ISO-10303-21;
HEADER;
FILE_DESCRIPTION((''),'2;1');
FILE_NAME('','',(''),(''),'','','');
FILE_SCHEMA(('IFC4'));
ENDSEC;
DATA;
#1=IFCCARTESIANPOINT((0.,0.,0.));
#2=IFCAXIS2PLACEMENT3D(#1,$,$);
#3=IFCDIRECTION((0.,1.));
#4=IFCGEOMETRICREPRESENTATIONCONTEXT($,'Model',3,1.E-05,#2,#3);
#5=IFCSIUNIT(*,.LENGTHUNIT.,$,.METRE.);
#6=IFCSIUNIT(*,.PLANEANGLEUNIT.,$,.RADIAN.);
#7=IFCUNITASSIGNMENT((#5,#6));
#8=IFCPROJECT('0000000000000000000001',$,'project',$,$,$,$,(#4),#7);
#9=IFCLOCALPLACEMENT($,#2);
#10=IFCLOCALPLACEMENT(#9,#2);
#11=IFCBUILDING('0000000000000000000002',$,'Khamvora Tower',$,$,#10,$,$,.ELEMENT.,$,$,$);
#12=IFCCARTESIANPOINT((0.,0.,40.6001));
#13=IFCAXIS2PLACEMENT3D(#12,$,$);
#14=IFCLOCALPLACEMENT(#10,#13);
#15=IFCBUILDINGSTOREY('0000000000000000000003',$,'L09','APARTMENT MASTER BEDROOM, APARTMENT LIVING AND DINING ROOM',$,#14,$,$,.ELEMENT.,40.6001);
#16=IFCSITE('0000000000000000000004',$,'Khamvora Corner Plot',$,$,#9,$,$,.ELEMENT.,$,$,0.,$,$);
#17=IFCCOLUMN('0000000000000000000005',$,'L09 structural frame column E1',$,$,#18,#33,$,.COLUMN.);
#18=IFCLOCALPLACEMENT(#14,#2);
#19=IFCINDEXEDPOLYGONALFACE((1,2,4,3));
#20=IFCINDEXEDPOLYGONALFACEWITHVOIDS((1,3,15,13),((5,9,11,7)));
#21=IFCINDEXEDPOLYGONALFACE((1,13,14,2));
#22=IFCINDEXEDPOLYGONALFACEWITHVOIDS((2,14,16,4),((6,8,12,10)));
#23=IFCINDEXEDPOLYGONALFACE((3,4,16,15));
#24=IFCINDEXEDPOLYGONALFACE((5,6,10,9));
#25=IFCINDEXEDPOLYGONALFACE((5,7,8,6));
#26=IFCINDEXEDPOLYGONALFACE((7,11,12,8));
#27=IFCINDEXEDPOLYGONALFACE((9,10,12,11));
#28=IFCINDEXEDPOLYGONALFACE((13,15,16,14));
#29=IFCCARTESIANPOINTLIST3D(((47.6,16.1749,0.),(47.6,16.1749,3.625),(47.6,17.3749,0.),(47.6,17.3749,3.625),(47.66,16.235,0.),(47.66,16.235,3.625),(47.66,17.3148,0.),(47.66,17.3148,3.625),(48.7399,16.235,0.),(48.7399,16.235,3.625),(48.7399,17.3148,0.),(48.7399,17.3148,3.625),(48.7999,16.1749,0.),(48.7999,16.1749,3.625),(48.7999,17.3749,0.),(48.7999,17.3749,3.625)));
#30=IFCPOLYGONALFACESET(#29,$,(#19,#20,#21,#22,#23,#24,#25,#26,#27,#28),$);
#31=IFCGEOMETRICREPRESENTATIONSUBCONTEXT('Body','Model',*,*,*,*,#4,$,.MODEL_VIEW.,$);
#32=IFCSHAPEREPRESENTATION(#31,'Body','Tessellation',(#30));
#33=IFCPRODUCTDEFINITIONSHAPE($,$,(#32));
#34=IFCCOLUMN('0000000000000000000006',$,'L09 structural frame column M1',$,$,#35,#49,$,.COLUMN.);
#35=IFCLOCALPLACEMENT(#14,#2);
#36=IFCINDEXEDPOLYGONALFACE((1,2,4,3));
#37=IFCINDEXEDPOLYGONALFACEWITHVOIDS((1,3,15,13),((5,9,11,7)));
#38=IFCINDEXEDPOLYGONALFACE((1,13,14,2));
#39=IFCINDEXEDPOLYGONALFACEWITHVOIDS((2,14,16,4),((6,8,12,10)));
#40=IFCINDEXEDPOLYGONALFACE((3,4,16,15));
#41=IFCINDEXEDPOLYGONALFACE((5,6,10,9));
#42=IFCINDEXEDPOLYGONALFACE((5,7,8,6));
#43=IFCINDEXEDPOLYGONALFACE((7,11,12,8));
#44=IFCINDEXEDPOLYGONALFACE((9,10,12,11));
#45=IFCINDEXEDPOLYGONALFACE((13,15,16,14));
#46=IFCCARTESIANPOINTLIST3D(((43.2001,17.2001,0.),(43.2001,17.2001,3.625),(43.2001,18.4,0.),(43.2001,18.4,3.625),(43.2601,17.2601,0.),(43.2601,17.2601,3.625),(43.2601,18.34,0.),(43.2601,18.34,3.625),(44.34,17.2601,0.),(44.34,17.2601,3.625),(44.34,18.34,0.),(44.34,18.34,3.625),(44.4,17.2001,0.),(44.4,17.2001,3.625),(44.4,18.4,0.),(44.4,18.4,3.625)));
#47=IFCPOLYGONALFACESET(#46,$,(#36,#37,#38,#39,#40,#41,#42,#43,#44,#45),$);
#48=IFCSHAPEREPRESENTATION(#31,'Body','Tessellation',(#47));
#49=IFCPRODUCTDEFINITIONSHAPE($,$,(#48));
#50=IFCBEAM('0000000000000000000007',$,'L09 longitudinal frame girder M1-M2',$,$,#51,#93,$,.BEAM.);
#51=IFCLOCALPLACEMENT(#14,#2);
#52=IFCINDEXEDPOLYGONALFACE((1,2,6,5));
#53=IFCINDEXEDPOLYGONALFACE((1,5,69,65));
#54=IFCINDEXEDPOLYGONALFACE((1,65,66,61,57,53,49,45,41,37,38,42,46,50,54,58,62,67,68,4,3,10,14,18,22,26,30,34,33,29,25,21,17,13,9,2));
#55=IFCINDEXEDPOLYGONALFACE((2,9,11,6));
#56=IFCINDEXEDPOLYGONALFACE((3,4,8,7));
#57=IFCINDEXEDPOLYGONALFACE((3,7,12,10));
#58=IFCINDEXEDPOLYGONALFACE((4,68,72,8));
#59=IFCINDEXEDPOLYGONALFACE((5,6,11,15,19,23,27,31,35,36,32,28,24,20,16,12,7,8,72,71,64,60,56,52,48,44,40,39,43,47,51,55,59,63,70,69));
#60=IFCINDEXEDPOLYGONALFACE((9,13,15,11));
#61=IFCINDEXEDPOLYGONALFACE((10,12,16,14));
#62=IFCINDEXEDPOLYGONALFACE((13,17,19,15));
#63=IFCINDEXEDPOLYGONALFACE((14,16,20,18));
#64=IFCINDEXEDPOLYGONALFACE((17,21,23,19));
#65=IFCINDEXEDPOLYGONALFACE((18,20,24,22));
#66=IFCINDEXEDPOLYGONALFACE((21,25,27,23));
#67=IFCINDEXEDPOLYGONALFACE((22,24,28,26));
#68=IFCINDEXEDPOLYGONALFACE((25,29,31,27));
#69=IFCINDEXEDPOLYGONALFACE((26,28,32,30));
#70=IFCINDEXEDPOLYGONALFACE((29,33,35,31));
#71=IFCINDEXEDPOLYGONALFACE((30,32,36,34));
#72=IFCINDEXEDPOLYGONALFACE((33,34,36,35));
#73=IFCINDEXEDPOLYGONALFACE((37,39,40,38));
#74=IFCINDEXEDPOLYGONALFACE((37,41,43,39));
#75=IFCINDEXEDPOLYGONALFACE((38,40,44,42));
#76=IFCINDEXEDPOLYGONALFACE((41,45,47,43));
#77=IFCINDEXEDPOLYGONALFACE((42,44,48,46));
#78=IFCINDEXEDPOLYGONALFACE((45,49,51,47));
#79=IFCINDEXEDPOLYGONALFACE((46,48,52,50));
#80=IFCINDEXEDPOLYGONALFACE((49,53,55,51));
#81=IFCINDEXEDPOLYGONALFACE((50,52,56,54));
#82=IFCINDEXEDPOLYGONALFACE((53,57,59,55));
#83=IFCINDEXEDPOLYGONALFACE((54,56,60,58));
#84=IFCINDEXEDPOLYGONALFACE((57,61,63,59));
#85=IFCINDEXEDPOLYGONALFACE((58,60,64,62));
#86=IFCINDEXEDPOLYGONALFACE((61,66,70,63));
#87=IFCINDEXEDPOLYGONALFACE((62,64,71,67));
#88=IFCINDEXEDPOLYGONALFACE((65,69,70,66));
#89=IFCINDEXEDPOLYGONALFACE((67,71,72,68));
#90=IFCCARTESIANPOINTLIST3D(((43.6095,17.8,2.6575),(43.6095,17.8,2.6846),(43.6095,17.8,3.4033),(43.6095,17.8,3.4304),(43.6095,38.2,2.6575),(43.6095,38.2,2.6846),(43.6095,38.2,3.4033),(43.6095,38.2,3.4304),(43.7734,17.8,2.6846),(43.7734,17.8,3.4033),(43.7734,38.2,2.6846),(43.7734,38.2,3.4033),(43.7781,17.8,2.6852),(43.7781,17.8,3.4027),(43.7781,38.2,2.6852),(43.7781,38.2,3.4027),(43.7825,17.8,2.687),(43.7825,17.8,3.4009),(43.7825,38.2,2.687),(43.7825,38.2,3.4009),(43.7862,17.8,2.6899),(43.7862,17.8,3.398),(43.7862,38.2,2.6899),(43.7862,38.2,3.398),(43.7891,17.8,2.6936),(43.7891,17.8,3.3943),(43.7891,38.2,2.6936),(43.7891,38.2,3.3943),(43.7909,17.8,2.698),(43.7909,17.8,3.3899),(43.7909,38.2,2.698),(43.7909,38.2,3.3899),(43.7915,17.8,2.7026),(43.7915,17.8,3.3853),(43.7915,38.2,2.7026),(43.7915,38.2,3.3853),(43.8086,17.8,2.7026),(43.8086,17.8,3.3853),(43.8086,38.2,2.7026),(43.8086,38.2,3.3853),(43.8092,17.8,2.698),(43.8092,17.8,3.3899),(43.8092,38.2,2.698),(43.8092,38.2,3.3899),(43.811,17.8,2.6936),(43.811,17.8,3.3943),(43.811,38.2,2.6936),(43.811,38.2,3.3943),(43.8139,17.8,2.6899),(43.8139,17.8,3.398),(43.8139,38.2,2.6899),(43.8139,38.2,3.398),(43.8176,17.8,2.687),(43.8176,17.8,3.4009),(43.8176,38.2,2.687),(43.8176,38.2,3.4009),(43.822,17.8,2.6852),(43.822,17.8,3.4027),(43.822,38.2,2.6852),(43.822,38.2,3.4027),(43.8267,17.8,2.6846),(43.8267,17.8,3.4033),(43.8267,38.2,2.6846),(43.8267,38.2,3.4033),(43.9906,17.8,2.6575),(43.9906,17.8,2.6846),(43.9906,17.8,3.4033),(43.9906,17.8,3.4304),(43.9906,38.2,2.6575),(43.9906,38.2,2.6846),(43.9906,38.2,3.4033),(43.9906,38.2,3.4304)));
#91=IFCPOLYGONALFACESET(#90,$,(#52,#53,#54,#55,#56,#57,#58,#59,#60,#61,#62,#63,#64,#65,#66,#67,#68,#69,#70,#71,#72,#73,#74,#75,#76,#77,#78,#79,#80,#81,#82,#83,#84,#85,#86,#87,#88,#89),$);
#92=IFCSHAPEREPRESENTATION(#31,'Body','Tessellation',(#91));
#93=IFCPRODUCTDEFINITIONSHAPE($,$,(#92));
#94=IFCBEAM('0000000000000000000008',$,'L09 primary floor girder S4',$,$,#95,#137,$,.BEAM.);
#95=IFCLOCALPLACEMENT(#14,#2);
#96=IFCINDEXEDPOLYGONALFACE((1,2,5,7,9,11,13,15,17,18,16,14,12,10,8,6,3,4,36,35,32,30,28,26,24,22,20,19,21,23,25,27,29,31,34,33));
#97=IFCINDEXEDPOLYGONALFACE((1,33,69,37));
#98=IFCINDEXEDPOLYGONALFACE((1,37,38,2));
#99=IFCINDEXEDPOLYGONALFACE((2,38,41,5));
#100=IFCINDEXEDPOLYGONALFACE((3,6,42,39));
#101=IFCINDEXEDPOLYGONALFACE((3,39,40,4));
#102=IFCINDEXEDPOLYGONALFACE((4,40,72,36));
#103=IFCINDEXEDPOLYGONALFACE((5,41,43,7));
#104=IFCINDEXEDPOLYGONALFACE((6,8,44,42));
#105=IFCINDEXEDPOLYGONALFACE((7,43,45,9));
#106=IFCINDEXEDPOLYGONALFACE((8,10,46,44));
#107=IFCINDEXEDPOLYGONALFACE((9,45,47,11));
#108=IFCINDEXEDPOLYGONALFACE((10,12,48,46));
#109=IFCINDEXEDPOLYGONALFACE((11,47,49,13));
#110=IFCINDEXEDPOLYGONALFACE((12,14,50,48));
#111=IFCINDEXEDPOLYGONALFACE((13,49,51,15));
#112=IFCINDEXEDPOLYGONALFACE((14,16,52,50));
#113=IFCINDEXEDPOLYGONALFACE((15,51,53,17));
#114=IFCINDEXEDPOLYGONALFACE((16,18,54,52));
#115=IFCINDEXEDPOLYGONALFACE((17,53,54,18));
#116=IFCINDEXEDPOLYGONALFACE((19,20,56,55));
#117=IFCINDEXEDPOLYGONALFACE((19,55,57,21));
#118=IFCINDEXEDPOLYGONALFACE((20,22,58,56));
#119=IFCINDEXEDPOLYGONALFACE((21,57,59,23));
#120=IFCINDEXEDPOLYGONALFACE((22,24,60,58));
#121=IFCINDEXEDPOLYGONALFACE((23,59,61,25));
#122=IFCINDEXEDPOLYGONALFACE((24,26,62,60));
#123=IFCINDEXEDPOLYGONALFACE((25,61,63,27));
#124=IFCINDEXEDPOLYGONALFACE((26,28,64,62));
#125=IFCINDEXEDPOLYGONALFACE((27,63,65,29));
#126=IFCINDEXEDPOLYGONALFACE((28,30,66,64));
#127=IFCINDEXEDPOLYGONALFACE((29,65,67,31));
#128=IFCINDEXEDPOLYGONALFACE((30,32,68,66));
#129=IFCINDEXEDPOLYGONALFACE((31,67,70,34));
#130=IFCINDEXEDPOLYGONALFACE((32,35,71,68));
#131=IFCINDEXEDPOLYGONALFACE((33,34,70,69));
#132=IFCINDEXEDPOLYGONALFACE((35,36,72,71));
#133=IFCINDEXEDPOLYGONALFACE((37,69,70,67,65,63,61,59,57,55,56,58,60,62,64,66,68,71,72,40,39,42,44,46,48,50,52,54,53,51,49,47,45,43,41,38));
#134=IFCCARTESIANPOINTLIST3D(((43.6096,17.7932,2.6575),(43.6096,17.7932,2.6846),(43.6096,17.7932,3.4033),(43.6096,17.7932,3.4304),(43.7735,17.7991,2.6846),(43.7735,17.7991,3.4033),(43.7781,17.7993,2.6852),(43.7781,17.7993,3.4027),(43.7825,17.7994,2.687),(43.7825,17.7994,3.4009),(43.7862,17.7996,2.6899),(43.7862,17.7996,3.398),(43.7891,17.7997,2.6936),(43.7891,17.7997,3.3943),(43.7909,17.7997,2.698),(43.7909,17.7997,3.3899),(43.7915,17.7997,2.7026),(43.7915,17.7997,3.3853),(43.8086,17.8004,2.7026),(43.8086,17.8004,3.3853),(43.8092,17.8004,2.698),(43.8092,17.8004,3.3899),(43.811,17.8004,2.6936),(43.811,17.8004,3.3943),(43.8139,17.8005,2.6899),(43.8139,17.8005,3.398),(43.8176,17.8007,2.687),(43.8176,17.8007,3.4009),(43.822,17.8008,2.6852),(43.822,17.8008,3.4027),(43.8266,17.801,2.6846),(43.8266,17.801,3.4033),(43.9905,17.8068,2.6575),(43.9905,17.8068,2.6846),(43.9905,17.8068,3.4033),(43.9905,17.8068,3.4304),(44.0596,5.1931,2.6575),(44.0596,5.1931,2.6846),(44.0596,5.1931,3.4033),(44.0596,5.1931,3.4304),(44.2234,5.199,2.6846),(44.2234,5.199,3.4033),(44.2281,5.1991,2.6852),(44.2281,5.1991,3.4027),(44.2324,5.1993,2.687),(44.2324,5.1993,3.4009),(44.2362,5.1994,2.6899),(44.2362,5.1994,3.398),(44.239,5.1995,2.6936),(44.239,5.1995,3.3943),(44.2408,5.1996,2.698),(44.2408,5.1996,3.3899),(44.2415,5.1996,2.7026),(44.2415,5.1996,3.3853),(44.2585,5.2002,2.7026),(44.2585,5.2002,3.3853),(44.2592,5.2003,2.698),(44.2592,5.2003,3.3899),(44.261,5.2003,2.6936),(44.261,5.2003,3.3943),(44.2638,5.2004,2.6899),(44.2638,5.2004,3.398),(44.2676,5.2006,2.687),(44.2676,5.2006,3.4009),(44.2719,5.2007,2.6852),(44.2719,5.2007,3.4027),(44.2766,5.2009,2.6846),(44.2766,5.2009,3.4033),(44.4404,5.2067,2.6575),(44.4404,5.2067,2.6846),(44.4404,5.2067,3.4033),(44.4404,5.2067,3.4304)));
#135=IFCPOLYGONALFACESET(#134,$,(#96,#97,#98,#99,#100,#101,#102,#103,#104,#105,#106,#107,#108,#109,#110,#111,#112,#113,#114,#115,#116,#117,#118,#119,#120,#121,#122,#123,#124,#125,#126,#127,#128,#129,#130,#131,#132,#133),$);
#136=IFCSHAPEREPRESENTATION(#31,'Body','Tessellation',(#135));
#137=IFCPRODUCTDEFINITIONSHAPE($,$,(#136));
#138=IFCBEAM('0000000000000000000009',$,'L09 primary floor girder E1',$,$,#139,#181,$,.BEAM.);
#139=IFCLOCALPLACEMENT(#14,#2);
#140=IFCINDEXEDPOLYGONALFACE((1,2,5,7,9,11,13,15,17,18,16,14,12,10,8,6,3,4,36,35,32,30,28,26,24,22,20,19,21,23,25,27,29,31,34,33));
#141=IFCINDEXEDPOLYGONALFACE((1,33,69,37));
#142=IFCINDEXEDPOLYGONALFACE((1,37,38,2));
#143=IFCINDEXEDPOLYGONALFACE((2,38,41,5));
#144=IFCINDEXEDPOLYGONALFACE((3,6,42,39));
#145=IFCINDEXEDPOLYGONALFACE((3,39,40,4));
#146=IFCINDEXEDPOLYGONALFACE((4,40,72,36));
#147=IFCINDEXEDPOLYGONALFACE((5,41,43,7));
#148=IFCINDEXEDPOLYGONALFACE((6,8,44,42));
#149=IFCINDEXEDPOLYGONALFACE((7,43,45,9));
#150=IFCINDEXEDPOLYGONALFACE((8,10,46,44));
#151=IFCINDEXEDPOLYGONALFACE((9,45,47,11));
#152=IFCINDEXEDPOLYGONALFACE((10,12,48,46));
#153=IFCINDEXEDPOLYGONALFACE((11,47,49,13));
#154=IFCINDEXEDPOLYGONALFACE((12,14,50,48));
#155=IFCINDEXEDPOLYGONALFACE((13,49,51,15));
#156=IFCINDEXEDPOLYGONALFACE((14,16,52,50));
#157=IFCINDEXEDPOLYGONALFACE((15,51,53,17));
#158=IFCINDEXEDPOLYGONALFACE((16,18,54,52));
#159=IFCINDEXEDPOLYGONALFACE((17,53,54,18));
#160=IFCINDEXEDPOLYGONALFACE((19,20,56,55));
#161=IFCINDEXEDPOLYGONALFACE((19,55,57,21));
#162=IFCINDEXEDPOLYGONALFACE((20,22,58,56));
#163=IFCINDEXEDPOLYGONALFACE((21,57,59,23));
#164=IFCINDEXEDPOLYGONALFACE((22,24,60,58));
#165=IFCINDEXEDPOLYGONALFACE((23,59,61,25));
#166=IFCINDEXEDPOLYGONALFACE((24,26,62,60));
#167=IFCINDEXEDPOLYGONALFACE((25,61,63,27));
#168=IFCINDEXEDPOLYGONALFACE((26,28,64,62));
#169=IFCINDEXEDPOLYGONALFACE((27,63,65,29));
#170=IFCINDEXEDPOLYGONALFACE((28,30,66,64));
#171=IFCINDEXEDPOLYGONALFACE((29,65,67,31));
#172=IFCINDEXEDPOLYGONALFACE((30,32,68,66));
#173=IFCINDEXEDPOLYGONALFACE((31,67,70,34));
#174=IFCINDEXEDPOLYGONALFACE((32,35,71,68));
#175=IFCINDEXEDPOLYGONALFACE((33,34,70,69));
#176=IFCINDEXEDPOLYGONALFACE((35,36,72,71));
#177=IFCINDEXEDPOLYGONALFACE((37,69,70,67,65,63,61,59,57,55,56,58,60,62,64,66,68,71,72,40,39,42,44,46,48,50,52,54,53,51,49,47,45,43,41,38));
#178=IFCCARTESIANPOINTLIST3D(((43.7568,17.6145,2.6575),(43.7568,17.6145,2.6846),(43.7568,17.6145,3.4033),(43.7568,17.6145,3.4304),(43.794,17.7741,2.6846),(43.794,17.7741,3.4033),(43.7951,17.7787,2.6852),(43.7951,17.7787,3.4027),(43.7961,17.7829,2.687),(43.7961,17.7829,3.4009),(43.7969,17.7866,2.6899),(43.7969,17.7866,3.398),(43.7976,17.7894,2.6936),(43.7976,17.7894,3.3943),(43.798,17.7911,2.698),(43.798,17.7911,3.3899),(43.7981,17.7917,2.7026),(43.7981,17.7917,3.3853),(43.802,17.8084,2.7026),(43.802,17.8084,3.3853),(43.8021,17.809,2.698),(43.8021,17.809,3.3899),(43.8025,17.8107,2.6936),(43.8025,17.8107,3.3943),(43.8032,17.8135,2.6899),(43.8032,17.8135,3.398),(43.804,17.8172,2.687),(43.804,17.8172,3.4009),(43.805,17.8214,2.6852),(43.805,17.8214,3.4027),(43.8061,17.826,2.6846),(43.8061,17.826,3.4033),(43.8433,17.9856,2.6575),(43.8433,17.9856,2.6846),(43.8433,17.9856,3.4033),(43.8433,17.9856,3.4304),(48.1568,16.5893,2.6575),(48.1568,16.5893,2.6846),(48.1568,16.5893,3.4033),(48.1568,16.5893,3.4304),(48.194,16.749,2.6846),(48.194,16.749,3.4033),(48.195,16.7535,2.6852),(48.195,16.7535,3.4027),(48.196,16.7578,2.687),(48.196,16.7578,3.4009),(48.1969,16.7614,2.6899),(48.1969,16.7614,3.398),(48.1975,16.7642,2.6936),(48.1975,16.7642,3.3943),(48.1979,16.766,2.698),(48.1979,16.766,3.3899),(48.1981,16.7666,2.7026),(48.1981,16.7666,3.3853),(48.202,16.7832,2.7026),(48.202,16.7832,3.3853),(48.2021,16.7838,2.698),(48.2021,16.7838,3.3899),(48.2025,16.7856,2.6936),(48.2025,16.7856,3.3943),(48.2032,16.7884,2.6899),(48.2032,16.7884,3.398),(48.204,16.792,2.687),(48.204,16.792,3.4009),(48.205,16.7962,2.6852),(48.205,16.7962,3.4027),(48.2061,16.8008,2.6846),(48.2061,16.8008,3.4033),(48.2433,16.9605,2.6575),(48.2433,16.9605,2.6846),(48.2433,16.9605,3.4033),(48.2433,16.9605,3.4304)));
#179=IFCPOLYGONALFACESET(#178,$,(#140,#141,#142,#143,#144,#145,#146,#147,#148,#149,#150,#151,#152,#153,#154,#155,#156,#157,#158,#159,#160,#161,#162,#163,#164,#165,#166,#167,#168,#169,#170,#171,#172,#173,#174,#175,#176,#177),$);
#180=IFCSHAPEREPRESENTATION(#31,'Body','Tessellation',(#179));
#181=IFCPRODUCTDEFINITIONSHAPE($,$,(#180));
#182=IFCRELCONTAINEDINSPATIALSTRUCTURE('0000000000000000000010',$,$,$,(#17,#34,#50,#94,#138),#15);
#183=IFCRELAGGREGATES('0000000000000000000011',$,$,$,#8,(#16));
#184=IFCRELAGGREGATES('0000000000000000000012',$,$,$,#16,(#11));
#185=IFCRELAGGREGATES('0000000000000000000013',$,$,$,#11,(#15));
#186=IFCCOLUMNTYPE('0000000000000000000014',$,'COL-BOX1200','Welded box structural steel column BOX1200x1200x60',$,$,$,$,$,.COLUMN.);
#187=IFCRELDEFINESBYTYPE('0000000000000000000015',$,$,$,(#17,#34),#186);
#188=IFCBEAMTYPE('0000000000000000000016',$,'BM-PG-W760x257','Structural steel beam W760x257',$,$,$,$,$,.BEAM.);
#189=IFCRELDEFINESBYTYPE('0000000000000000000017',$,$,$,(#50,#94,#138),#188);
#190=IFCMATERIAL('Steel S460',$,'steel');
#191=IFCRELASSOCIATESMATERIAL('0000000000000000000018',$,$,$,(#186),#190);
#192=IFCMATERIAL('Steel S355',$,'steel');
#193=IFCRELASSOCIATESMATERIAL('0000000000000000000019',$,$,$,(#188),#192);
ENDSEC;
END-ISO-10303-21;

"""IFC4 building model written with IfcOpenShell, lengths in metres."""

from ifc_helpers import new_model, si_unit, direction, frame, origin, origin_2d, place, context, subcontext, project, spatial, hollow_rectangle, i_section, extrude, material, material_profile, profile_set, type_object, element, save


model = new_model("IFC4")

# Units and contexts
model_context = context("Model", 3, precision=1e-05, world=origin(), true_north=direction((0.0, 1.0)))
body_context = subcontext(model_context, "Body", "Model", "MODEL_VIEW")
ifc_project = project(units=[si_unit("LENGTHUNIT", "METRE"), si_unit("PLANEANGLEUNIT", "RADIAN")], contexts=[model_context])

# Site, building, storey
site_placement = place(None, origin())
site = spatial("IfcSite", under=ifc_project, at=site_placement, Name="Khamvora Corner Plot", CompositionType="ELEMENT", RefElevation=0.0)
building_placement = place(site_placement, origin())
building = spatial("IfcBuilding", under=site, at=building_placement, Name="Khamvora Tower", CompositionType="ELEMENT")
storey_placement = place(building_placement, frame((0.0, 0.0, 40.6001)))
storey = spatial("IfcBuildingStorey", under=building, at=storey_placement, Name="L09", Description="APARTMENT MASTER BEDROOM, APARTMENT LIVING AND DINING ROOM", CompositionType="ELEMENT", Elevation=40.6001)

# Columns
ifc_material_1 = material(Name="Steel S460", Category="steel")
ifc_material_profile_1 = material_profile(ifc_material_1, hollow_rectangle(XDim=1.2, YDim=1.2, WallThickness=0.0601, at=origin_2d()), Name="BOX1200x1200x60")
ifc_profile_set_1 = profile_set([ifc_material_profile_1], Name="Steel S460")
column_type = type_object("IfcColumnType", Name="COL-BOX1200", Description="Welded box structural steel column BOX1200x1200x60", PredefinedType="COLUMN", material=ifc_profile_set_1)
for number, where, z_axis, x_axis, name in (
    (1, (48.2, 16.7749, 0.0), (0.0, 0.0, 1.0), (1.0, 0.0, 0.0), "L09 structural frame column E1"),
    (2, (43.8, 17.8, 0.0), (0.0, 0.0, 1.0), (1.0, 0.0, 0.0), "L09 structural frame column M1"),
):
    element("IfcColumn", number, at=place(storey_placement, frame(where, z_axis=z_axis, x_axis=x_axis)), inside=storey, type_object=column_type, Name=name, PredefinedType="COLUMN", context=body_context, shape_type="SweptSolid", body=[
        extrude(hollow_rectangle(XDim=1.2, YDim=1.2, WallThickness=0.0601, at=origin_2d()), origin(), (0.0, 0.0, 1.0), 3.625),
    ])

# Beams
ifc_material_2 = material(Name="Steel S355", Category="steel")
ifc_material_profile_2 = material_profile(ifc_material_2, i_section(OverallWidth=0.3811, OverallDepth=0.7729, WebThickness=0.0171, FlangeThickness=0.0271, FilletRadius=0.0181, at=origin_2d()), Name="W760x257")
ifc_profile_set_2 = profile_set([ifc_material_profile_2], Name="Steel S355")
beam_type_1 = type_object("IfcBeamType", Name="BM-PG-W760x257", Description="Structural steel beam W760x257", PredefinedType="BEAM", material=ifc_profile_set_2)
beam_1_placement = place(storey_placement, frame((43.8, 17.8, 3.0439), z_axis=(0.0, 1.0, 0.0), x_axis=(-1.0, 0.0, 0.0)))
element("IfcBeam", 3, at=beam_1_placement, inside=storey, type_object=beam_type_1, Name="L09 longitudinal frame girder M1-M2", PredefinedType="BEAM", context=body_context, shape_type="SweptSolid", body=[
    extrude(i_section(OverallWidth=0.3811, OverallDepth=0.7729, WebThickness=0.0171, FlangeThickness=0.0271, FilletRadius=0.0181, at=origin_2d()), origin(), (0.0, 0.0, 1.0), 20.3999),
])
beam_2_placement = place(storey_placement, frame((43.8, 17.8, 3.0439), z_axis=(0.035687, -0.999363, 0.0), x_axis=(0.999363, 0.035687, 0.0)))
element("IfcBeam", 4, at=beam_2_placement, inside=storey, type_object=beam_type_1, Name="L09 primary floor girder S4", PredefinedType="BEAM", context=body_context, shape_type="SweptSolid", body=[
    extrude(i_section(OverallWidth=0.3811, OverallDepth=0.7729, WebThickness=0.0171, FlangeThickness=0.0271, FilletRadius=0.0181, at=origin_2d()), origin(), (0.0, 0.0, 1.0), 12.6082),
])
beam_3_placement = place(storey_placement, frame((43.8, 17.8, 3.0439), z_axis=(0.973915, -0.226915, 0.0), x_axis=(0.226915, 0.973915, 0.0)))
element("IfcBeam", 5, at=beam_3_placement, inside=storey, type_object=beam_type_1, Name="L09 primary floor girder E1", PredefinedType="BEAM", context=body_context, shape_type="SweptSolid", body=[
    extrude(i_section(OverallWidth=0.3811, OverallDepth=0.7729, WebThickness=0.0171, FlangeThickness=0.0271, FilletRadius=0.0181, at=origin_2d()), origin(), (0.0, 0.0, 1.0), 4.5178),
])

save(model, "model.ifc")
